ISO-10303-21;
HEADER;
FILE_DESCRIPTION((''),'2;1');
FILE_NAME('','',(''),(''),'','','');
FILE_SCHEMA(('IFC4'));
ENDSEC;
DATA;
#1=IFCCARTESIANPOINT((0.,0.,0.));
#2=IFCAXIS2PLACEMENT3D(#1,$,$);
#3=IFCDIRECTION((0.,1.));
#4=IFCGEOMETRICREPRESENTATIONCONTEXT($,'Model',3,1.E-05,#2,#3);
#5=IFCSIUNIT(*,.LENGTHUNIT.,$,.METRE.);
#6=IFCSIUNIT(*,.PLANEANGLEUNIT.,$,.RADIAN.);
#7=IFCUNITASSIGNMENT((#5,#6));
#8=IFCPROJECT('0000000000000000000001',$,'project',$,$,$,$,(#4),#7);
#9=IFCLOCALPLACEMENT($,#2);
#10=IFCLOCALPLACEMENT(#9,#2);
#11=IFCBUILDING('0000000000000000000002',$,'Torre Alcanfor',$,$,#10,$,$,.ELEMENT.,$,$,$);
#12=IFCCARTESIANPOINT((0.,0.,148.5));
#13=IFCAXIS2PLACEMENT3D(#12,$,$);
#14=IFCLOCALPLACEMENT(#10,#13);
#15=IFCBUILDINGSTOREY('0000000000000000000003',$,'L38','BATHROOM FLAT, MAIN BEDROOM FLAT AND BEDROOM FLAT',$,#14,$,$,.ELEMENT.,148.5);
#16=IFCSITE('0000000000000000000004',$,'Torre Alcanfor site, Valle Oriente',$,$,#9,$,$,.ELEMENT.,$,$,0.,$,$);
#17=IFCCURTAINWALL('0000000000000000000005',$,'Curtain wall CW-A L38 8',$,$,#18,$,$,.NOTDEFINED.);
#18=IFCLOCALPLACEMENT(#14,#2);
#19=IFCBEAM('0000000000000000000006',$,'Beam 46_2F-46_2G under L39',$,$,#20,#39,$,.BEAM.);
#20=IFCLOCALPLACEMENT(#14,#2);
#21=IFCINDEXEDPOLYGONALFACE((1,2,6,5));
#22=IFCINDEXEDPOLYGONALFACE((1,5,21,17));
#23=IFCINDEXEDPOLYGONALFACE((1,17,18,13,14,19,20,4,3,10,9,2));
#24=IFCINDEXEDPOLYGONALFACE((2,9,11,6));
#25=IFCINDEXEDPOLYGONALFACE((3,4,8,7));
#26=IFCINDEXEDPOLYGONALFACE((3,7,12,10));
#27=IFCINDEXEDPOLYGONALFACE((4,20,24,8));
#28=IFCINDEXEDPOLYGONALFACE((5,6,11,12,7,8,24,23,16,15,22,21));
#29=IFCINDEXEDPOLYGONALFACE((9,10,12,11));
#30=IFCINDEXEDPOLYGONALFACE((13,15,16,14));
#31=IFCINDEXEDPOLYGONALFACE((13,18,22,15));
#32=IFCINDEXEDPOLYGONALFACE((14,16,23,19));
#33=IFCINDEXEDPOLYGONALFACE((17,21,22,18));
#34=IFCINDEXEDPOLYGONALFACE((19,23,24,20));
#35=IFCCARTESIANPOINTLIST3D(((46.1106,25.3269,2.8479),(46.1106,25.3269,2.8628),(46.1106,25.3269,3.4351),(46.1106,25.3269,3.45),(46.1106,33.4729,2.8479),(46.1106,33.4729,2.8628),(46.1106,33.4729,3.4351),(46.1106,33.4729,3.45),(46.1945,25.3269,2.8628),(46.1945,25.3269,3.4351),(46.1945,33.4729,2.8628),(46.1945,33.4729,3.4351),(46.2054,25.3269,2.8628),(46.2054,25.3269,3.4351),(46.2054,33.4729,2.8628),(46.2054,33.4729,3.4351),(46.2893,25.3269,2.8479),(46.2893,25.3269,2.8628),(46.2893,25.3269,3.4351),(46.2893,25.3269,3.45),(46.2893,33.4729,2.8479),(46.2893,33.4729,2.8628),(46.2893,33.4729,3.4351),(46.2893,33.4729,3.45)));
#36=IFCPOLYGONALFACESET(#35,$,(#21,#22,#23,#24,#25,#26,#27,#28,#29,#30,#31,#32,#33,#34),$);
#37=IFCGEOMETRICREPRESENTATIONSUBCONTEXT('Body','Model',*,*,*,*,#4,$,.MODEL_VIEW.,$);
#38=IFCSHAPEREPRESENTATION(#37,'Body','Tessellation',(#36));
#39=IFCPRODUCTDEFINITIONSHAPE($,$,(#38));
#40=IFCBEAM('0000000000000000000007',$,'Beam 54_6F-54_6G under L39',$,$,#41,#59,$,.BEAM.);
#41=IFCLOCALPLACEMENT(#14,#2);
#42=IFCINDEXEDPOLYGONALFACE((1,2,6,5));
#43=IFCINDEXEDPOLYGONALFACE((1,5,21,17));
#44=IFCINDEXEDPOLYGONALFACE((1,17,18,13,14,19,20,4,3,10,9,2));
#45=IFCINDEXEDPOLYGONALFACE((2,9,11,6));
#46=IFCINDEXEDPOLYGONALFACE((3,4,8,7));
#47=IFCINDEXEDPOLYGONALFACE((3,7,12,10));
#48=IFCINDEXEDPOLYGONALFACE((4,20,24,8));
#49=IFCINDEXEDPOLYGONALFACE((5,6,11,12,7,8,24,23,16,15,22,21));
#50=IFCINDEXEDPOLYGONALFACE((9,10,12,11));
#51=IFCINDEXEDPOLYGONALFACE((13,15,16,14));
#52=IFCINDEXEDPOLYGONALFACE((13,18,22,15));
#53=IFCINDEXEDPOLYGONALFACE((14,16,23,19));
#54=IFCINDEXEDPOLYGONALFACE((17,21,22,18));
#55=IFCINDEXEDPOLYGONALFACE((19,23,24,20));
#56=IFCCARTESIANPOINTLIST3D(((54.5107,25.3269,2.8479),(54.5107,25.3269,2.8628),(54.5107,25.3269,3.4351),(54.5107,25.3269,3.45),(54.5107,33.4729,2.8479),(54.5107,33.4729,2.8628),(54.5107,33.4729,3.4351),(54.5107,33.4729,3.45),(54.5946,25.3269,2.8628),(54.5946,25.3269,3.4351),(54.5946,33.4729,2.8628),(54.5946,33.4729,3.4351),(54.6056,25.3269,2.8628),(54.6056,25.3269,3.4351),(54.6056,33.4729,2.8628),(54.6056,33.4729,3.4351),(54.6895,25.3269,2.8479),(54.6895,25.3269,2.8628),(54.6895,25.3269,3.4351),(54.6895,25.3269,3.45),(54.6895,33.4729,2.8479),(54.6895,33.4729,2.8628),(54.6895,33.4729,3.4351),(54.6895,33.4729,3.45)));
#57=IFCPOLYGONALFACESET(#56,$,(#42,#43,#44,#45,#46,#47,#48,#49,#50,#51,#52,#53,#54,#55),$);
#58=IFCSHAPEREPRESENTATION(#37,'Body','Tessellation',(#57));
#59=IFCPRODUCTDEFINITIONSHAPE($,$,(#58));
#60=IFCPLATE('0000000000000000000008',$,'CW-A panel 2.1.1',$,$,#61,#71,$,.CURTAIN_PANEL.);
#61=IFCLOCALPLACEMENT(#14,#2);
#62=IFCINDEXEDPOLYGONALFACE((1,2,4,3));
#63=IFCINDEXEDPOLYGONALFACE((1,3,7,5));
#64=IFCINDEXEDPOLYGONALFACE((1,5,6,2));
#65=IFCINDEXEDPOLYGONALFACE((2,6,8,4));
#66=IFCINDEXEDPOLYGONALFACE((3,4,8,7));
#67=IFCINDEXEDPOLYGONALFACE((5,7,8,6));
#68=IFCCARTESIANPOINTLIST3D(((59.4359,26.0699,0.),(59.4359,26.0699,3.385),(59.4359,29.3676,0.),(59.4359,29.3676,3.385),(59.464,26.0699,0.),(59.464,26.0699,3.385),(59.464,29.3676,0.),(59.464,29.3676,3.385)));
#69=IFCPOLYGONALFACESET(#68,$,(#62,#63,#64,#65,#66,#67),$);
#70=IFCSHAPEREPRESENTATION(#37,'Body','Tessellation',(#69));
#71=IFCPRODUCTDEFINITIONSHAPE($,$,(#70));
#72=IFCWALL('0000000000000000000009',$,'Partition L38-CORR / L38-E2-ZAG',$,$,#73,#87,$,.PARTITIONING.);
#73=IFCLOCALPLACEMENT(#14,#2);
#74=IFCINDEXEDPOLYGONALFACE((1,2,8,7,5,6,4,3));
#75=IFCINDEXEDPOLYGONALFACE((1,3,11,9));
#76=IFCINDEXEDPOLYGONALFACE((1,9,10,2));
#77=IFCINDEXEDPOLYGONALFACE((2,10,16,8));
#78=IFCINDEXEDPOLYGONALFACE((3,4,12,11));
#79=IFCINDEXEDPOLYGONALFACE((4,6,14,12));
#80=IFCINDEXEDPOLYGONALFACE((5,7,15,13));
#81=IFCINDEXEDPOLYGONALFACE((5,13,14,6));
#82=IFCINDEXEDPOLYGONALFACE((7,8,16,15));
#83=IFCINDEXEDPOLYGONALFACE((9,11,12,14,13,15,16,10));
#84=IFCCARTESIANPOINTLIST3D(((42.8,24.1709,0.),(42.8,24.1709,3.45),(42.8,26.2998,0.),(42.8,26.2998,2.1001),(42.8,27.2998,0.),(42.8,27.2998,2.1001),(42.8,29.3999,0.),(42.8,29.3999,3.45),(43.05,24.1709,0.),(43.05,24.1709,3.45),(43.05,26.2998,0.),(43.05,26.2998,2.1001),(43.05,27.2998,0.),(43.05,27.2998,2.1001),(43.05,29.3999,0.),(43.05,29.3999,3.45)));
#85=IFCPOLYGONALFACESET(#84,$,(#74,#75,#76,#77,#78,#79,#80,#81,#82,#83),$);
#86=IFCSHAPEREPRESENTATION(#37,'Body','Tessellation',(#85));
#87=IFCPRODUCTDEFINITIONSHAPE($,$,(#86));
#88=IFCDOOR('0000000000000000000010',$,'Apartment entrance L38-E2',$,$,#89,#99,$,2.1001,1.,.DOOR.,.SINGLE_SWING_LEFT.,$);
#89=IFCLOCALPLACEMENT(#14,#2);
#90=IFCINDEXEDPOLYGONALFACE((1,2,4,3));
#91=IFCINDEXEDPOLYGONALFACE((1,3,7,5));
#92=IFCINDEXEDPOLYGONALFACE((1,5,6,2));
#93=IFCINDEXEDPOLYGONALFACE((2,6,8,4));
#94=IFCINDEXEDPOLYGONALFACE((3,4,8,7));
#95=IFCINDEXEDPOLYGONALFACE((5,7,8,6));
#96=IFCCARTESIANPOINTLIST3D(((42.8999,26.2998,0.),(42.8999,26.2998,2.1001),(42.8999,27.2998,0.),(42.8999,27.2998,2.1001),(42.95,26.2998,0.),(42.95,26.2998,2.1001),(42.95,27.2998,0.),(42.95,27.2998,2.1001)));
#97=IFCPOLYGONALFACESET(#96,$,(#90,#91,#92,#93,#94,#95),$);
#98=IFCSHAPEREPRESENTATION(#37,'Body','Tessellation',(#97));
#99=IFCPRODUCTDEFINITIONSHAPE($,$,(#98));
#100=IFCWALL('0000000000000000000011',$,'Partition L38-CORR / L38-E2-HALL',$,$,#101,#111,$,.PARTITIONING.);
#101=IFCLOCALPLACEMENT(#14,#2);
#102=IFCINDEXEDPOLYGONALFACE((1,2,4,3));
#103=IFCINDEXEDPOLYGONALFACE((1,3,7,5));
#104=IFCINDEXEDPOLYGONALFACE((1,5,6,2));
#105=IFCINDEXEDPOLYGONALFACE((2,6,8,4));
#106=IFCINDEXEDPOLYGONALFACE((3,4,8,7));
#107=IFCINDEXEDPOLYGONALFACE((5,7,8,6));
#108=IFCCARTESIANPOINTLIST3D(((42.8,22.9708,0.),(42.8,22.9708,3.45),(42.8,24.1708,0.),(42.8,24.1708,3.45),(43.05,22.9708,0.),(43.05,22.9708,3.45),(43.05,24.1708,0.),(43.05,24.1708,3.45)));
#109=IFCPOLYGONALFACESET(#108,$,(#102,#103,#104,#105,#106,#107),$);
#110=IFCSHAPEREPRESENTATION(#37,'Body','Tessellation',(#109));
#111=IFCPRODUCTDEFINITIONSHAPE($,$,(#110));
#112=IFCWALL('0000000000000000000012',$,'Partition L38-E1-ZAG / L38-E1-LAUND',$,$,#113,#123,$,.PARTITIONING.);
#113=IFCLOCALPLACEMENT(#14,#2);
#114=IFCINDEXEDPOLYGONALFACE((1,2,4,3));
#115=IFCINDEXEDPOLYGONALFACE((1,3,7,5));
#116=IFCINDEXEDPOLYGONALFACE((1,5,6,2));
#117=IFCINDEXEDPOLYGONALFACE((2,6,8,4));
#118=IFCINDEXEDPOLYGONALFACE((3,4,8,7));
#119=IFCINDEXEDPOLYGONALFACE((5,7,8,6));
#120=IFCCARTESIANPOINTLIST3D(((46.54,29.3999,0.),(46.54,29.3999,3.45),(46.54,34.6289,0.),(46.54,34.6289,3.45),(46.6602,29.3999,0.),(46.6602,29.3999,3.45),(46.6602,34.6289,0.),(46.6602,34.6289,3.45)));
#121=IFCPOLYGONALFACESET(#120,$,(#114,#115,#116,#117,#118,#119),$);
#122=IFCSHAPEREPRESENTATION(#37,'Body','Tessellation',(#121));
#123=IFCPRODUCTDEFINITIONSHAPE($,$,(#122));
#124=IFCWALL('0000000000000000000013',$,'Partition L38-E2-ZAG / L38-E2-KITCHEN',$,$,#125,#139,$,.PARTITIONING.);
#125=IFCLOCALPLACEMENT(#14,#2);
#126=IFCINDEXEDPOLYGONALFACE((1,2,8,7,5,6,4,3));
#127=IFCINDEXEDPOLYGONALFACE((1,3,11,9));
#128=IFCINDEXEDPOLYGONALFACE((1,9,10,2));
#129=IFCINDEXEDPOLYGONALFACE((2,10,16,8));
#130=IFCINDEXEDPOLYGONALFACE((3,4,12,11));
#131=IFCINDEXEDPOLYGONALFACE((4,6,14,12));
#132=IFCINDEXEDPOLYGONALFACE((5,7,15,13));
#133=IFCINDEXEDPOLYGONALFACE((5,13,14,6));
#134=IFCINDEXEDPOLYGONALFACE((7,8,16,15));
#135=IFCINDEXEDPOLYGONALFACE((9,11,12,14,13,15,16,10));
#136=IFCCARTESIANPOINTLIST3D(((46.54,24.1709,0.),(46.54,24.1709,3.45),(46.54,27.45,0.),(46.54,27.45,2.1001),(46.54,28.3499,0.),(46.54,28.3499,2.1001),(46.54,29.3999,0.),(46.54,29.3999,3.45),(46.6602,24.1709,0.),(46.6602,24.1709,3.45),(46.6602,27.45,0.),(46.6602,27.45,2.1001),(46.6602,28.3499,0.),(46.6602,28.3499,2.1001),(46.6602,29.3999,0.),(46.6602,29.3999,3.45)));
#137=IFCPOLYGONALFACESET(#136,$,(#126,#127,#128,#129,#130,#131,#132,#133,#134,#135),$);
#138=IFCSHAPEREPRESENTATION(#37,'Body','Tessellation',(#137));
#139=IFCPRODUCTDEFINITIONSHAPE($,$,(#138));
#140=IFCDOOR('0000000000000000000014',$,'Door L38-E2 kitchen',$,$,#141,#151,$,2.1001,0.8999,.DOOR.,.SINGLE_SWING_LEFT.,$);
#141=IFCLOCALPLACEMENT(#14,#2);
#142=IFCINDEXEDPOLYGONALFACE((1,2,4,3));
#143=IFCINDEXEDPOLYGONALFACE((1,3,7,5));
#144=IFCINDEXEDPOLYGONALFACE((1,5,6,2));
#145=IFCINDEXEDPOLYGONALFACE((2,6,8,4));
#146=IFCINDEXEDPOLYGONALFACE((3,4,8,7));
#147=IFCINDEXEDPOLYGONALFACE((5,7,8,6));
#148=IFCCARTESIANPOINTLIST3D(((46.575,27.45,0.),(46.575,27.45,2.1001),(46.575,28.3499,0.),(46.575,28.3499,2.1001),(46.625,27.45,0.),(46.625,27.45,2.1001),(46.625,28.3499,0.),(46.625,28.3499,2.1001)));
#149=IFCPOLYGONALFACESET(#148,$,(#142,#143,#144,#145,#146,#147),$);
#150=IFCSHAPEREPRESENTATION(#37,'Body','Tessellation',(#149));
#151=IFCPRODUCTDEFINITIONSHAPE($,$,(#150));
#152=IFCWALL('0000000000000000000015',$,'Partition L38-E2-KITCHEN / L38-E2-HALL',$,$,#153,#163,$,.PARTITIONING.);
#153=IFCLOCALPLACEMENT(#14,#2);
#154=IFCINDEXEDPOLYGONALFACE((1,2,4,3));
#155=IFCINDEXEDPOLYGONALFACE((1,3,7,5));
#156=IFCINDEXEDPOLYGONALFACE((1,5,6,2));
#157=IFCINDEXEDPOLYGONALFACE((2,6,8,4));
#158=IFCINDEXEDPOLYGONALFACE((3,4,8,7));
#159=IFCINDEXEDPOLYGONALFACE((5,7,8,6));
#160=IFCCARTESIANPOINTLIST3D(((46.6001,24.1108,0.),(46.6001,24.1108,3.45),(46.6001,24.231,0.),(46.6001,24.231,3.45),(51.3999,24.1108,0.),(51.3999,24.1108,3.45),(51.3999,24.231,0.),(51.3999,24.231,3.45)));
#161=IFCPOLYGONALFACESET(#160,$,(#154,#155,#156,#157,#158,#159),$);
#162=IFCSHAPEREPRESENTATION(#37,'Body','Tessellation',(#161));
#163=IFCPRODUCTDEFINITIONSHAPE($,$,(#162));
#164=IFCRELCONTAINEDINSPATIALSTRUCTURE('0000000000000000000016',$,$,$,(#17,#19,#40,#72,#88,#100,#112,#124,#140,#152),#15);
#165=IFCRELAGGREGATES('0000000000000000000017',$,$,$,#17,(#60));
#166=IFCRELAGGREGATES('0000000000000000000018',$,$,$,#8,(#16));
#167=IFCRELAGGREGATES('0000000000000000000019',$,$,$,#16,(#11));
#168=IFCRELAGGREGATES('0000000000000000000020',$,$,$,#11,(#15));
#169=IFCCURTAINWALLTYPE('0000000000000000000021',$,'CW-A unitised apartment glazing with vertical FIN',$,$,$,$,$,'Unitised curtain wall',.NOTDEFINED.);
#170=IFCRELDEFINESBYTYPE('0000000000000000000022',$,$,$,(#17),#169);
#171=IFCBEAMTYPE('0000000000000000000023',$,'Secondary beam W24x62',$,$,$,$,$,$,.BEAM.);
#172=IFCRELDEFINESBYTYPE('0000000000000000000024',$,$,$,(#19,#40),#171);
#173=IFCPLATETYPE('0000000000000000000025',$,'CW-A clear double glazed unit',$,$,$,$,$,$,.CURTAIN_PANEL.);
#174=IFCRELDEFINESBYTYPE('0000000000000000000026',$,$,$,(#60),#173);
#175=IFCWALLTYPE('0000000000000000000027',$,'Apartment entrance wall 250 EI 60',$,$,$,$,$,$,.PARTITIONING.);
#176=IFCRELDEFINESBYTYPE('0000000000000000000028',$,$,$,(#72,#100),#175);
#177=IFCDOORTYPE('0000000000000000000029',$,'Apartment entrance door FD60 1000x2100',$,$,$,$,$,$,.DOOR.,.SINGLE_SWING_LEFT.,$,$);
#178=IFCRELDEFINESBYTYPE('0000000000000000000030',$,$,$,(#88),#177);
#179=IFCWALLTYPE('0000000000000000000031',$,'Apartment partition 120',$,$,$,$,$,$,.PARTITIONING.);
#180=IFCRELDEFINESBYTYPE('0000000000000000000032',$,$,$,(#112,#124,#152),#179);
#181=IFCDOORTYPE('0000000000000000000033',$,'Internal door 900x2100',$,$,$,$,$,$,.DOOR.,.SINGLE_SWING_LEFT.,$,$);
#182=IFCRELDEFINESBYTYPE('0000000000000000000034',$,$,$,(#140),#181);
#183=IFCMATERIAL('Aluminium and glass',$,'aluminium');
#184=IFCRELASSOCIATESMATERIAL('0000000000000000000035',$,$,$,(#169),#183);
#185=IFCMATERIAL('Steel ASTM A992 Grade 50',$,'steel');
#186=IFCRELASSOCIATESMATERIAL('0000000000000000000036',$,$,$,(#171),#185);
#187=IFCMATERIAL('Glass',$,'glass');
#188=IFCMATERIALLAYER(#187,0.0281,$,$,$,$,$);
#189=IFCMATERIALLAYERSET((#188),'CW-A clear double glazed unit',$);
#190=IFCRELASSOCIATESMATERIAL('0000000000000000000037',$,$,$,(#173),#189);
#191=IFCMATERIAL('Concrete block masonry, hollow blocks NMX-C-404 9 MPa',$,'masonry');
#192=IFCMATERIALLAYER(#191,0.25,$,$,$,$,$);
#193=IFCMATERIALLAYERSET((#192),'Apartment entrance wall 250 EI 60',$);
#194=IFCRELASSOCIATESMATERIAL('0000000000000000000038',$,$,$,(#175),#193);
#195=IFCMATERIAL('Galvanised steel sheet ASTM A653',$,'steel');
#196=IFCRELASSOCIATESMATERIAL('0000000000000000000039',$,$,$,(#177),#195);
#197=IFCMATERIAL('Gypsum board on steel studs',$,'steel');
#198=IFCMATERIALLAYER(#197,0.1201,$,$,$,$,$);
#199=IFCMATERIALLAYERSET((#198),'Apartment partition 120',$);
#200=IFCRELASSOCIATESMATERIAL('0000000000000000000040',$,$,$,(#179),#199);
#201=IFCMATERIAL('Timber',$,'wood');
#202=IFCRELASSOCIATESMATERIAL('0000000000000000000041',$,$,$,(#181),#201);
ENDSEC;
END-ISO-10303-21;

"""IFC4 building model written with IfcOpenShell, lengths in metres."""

from ifc_helpers import new_model, si_unit, direction, frame, frame_2d, origin, origin_2d, place, context, subcontext, project, spatial, rectangle, i_section, extrude, material, layer, layer_set, material_profile, profile_set, type_object, element, fill, aggregate, save


model = new_model("IFC4")

# Units and contexts
model_context = context("Model", 3, precision=1e-05, world=origin(), true_north=direction((0.0, 1.0)))
body_context = subcontext(model_context, "Body", "Model", "MODEL_VIEW")
ifc_project = project(units=[si_unit("LENGTHUNIT", "METRE"), si_unit("PLANEANGLEUNIT", "RADIAN")], contexts=[model_context])

# Site, building, storey
site_placement = place(None, origin())
site = spatial("IfcSite", under=ifc_project, at=site_placement, Name="Torre Alcanfor site, Valle Oriente", CompositionType="ELEMENT", RefElevation=0.0)
building_placement = place(site_placement, origin())
building = spatial("IfcBuilding", under=site, at=building_placement, Name="Torre Alcanfor", CompositionType="ELEMENT")
storey_placement = place(building_placement, frame((0.0, 0.0, 148.5)))
storey = spatial("IfcBuildingStorey", under=building, at=storey_placement, Name="L38", Description="BATHROOM FLAT, MAIN BEDROOM FLAT AND BEDROOM FLAT", CompositionType="ELEMENT", Elevation=148.5)

# Curtain wall
ifc_material_1 = material(Name="Aluminium and glass", Category="aluminium")
curtain_wall_type = type_object("IfcCurtainWallType", Name="CW-A unitised apartment glazing with vertical FIN", ElementType="Unitised curtain wall", PredefinedType="NOTDEFINED", material=ifc_material_1)
curtain_wall_placement = place(storey_placement, origin())
curtain_wall = element("IfcCurtainWall", 1, at=curtain_wall_placement, inside=storey, type_object=curtain_wall_type, Name="Curtain wall CW-A L38 8", PredefinedType="NOTDEFINED")

# Beams
ifc_material_2 = material(Name="Steel ASTM A992 Grade 50", Category="steel")
ifc_material_profile_1 = material_profile(ifc_material_2, i_section(OverallWidth=0.1787, OverallDepth=0.6021, WebThickness=0.011, FlangeThickness=0.0149, at=origin_2d()), Name="W24x62")
ifc_profile_set_1 = profile_set([ifc_material_profile_1], Name="Steel ASTM A992 Grade 50")
beam_type_1 = type_object("IfcBeamType", Name="Secondary beam W24x62", PredefinedType="BEAM", material=ifc_profile_set_1)
for number, where, z_axis, x_axis, name in (
    (2, (46.2, 25.3269, 3.1489), (0.0, 1.0, 0.0), (-1.0, 0.0, 0.0), "Beam 46_2F-46_2G under L39"),
    (3, (54.6001, 25.3269, 3.1489), (0.0, 1.0, 0.0), (-1.0, 0.0, 0.0), "Beam 54_6F-54_6G under L39"),
):
    element("IfcBeam", number, at=place(storey_placement, frame(where, z_axis=z_axis, x_axis=x_axis)), inside=storey, type_object=beam_type_1, Name=name, PredefinedType="BEAM", context=body_context, shape_type="SweptSolid", body=[
        extrude(i_section(OverallWidth=0.1787, OverallDepth=0.6021, WebThickness=0.011, FlangeThickness=0.0149, at=origin_2d()), origin(), (0.0, 0.0, 1.0), 8.146),
    ])

# Plate
ifc_material_3 = material(Name="Glass", Category="glass")
ifc_layer_1 = layer(ifc_material_3, 0.0281)
ifc_layer_set_1 = layer_set([ifc_layer_1], Name="CW-A clear double glazed unit")
plate_type = type_object("IfcPlateType", Name="CW-A clear double glazed unit", PredefinedType="CURTAIN_PANEL", material=ifc_layer_set_1)
plate_placement = place(storey_placement, frame((59.45, 27.7188, 0.0), z_axis=(0.0, 0.0, 1.0), x_axis=(0.0, 1.0, 0.0)))
plate = element("IfcPlate", 4, at=plate_placement, type_object=plate_type, Name="CW-A panel 2.1.1", PredefinedType="CURTAIN_PANEL", context=body_context, shape_type="SweptSolid", body=[
    extrude(rectangle(XDim=3.2976, YDim=0.0281, at=origin_2d()), origin(), (0.0, 0.0, 1.0), 3.385),
])
aggregate(curtain_wall, [plate])

# Wall, opening, door
ifc_material_4 = material(Name="Concrete block masonry, hollow blocks NMX-C-404 9 MPa", Category="masonry")
ifc_layer_2 = layer(ifc_material_4, 0.25)
ifc_layer_set_2 = layer_set([ifc_layer_2], Name="Apartment entrance wall 250 EI 60")
wall_type_1 = type_object("IfcWallType", Name="Apartment entrance wall 250 EI 60", PredefinedType="PARTITIONING", material=ifc_layer_set_2)
wall_1_placement = place(storey_placement, frame((42.925, 29.3999, 0.0), z_axis=(0.0, 0.0, 1.0), x_axis=(0.0, -1.0, 0.0)))
wall_1 = element("IfcWall", 5, at=wall_1_placement, inside=storey, type_object=wall_type_1, Name="Partition L38-CORR / L38-E2-ZAG", PredefinedType="PARTITIONING", context=body_context, shape_type="SweptSolid", body=[
    extrude(rectangle(XDim=5.229, YDim=0.25, at=frame_2d((2.6145, 0.0))), origin(), (0.0, 0.0, 1.0), 3.45),
])
opening_1_placement = place(wall_1_placement, frame((2.1001, 0.0, 0.0)))
opening_1 = element("IfcOpeningElement", 6, at=opening_1_placement, cuts=wall_1, PredefinedType="OPENING", context=body_context, shape_type="SweptSolid", body=[
    extrude(rectangle(XDim=1.0, YDim=2.1001, at=frame_2d((0.5, 1.05))), frame((0.0, 0.135, 0.0), z_axis=(0.0, -1.0, 0.0), x_axis=(1.0, 0.0, 0.0)), (0.0, 0.0, 1.0), 0.27),
])
ifc_material_5 = material(Name="Galvanised steel sheet ASTM A653", Category="steel")
door_type_1 = type_object("IfcDoorType", Name="Apartment entrance door FD60 1000x2100", OperationType="SINGLE_SWING_LEFT", PredefinedType="DOOR", material=ifc_material_5)
door_1_placement = place(opening_1_placement, origin())
door_1 = element("IfcDoor", 7, at=door_1_placement, inside=storey, type_object=door_type_1, Name="Apartment entrance L38-E2", OperationType="SINGLE_SWING_LEFT", OverallHeight=2.1001, OverallWidth=1.0, PredefinedType="DOOR", context=body_context, shape_type="SweptSolid", body=[
    extrude(rectangle(XDim=1.0, YDim=2.1001, at=frame_2d((0.5, 1.05))), frame((0.0, 0.0249, 0.0), z_axis=(0.0, -1.0, 0.0), x_axis=(1.0, 0.0, 0.0)), (0.0, 0.0, 1.0), 0.05),
])
fill(opening_1, door_1)

# Walls
wall_2_placement = place(storey_placement, frame((42.925, 24.1709, 0.0), z_axis=(0.0, 0.0, 1.0), x_axis=(0.0, -1.0, 0.0)))
element("IfcWall", 8, at=wall_2_placement, inside=storey, type_object=wall_type_1, Name="Partition L38-CORR / L38-E2-HALL", PredefinedType="PARTITIONING", context=body_context, shape_type="SweptSolid", body=[
    extrude(rectangle(XDim=1.2, YDim=0.25, at=frame_2d((0.6001, 0.0))), origin(), (0.0, 0.0, 1.0), 3.45),
])
ifc_material_6 = material(Name="Gypsum board on steel studs", Category="steel")
ifc_layer_3 = layer(ifc_material_6, 0.1201)
ifc_layer_set_3 = layer_set([ifc_layer_3], Name="Apartment partition 120")
wall_type_2 = type_object("IfcWallType", Name="Apartment partition 120", PredefinedType="PARTITIONING", material=ifc_layer_set_3)
wall_3_placement = place(storey_placement, frame((46.6001, 29.3999, 0.0), z_axis=(0.0, 0.0, 1.0), x_axis=(0.0, 1.0, 0.0)))
element("IfcWall", 9, at=wall_3_placement, inside=storey, type_object=wall_type_2, Name="Partition L38-E1-ZAG / L38-E1-LAUND", PredefinedType="PARTITIONING", context=body_context, shape_type="SweptSolid", body=[
    extrude(rectangle(XDim=5.229, YDim=0.1201, at=frame_2d((2.6145, 0.0))), origin(), (0.0, 0.0, 1.0), 3.45),
])

# Wall, opening, door
wall_4_placement = place(storey_placement, frame((46.6001, 29.3999, 0.0), z_axis=(0.0, 0.0, 1.0), x_axis=(0.0, -1.0, 0.0)))
wall_4 = element("IfcWall", 10, at=wall_4_placement, inside=storey, type_object=wall_type_2, Name="Partition L38-E2-ZAG / L38-E2-KITCHEN", PredefinedType="PARTITIONING", context=body_context, shape_type="SweptSolid", body=[
    extrude(rectangle(XDim=5.229, YDim=0.1201, at=frame_2d((2.6145, 0.0))), origin(), (0.0, 0.0, 1.0), 3.45),
])
opening_2_placement = place(wall_4_placement, frame((1.05, 0.0, 0.0)))
opening_2 = element("IfcOpeningElement", 11, at=opening_2_placement, cuts=wall_4, PredefinedType="OPENING", context=body_context, shape_type="SweptSolid", body=[
    extrude(rectangle(XDim=0.8999, YDim=2.1001, at=frame_2d((0.45, 1.05))), frame((0.0, 0.0701, 0.0), z_axis=(0.0, -1.0, 0.0), x_axis=(1.0, 0.0, 0.0)), (0.0, 0.0, 1.0), 0.1401),
])
ifc_material_7 = material(Name="Timber", Category="wood")
door_type_2 = type_object("IfcDoorType", Name="Internal door 900x2100", OperationType="SINGLE_SWING_LEFT", PredefinedType="DOOR", material=ifc_material_7)
door_2_placement = place(opening_2_placement, origin())
door_2 = element("IfcDoor", 12, at=door_2_placement, inside=storey, type_object=door_type_2, Name="Door L38-E2 kitchen", OperationType="SINGLE_SWING_LEFT", OverallHeight=2.1001, OverallWidth=0.8999, PredefinedType="DOOR", context=body_context, shape_type="SweptSolid", body=[
    extrude(rectangle(XDim=0.8999, YDim=2.1001, at=frame_2d((0.45, 1.05))), frame((0.0, 0.0249, 0.0), z_axis=(0.0, -1.0, 0.0), x_axis=(1.0, 0.0, 0.0)), (0.0, 0.0, 1.0), 0.05),
])
fill(opening_2, door_2)

# Wall
wall_5_placement = place(storey_placement, frame((51.3999, 24.1709, 0.0), z_axis=(0.0, 0.0, 1.0), x_axis=(-1.0, 0.0, 0.0)))
element("IfcWall", 13, at=wall_5_placement, inside=storey, type_object=wall_type_2, Name="Partition L38-E2-KITCHEN / L38-E2-HALL", PredefinedType="PARTITIONING", context=body_context, shape_type="SweptSolid", body=[
    extrude(rectangle(XDim=4.7998, YDim=0.1201, at=frame_2d((2.3999, 0.0))), origin(), (0.0, 0.0, 1.0), 3.45),
])

save(model, "model.ifc")
